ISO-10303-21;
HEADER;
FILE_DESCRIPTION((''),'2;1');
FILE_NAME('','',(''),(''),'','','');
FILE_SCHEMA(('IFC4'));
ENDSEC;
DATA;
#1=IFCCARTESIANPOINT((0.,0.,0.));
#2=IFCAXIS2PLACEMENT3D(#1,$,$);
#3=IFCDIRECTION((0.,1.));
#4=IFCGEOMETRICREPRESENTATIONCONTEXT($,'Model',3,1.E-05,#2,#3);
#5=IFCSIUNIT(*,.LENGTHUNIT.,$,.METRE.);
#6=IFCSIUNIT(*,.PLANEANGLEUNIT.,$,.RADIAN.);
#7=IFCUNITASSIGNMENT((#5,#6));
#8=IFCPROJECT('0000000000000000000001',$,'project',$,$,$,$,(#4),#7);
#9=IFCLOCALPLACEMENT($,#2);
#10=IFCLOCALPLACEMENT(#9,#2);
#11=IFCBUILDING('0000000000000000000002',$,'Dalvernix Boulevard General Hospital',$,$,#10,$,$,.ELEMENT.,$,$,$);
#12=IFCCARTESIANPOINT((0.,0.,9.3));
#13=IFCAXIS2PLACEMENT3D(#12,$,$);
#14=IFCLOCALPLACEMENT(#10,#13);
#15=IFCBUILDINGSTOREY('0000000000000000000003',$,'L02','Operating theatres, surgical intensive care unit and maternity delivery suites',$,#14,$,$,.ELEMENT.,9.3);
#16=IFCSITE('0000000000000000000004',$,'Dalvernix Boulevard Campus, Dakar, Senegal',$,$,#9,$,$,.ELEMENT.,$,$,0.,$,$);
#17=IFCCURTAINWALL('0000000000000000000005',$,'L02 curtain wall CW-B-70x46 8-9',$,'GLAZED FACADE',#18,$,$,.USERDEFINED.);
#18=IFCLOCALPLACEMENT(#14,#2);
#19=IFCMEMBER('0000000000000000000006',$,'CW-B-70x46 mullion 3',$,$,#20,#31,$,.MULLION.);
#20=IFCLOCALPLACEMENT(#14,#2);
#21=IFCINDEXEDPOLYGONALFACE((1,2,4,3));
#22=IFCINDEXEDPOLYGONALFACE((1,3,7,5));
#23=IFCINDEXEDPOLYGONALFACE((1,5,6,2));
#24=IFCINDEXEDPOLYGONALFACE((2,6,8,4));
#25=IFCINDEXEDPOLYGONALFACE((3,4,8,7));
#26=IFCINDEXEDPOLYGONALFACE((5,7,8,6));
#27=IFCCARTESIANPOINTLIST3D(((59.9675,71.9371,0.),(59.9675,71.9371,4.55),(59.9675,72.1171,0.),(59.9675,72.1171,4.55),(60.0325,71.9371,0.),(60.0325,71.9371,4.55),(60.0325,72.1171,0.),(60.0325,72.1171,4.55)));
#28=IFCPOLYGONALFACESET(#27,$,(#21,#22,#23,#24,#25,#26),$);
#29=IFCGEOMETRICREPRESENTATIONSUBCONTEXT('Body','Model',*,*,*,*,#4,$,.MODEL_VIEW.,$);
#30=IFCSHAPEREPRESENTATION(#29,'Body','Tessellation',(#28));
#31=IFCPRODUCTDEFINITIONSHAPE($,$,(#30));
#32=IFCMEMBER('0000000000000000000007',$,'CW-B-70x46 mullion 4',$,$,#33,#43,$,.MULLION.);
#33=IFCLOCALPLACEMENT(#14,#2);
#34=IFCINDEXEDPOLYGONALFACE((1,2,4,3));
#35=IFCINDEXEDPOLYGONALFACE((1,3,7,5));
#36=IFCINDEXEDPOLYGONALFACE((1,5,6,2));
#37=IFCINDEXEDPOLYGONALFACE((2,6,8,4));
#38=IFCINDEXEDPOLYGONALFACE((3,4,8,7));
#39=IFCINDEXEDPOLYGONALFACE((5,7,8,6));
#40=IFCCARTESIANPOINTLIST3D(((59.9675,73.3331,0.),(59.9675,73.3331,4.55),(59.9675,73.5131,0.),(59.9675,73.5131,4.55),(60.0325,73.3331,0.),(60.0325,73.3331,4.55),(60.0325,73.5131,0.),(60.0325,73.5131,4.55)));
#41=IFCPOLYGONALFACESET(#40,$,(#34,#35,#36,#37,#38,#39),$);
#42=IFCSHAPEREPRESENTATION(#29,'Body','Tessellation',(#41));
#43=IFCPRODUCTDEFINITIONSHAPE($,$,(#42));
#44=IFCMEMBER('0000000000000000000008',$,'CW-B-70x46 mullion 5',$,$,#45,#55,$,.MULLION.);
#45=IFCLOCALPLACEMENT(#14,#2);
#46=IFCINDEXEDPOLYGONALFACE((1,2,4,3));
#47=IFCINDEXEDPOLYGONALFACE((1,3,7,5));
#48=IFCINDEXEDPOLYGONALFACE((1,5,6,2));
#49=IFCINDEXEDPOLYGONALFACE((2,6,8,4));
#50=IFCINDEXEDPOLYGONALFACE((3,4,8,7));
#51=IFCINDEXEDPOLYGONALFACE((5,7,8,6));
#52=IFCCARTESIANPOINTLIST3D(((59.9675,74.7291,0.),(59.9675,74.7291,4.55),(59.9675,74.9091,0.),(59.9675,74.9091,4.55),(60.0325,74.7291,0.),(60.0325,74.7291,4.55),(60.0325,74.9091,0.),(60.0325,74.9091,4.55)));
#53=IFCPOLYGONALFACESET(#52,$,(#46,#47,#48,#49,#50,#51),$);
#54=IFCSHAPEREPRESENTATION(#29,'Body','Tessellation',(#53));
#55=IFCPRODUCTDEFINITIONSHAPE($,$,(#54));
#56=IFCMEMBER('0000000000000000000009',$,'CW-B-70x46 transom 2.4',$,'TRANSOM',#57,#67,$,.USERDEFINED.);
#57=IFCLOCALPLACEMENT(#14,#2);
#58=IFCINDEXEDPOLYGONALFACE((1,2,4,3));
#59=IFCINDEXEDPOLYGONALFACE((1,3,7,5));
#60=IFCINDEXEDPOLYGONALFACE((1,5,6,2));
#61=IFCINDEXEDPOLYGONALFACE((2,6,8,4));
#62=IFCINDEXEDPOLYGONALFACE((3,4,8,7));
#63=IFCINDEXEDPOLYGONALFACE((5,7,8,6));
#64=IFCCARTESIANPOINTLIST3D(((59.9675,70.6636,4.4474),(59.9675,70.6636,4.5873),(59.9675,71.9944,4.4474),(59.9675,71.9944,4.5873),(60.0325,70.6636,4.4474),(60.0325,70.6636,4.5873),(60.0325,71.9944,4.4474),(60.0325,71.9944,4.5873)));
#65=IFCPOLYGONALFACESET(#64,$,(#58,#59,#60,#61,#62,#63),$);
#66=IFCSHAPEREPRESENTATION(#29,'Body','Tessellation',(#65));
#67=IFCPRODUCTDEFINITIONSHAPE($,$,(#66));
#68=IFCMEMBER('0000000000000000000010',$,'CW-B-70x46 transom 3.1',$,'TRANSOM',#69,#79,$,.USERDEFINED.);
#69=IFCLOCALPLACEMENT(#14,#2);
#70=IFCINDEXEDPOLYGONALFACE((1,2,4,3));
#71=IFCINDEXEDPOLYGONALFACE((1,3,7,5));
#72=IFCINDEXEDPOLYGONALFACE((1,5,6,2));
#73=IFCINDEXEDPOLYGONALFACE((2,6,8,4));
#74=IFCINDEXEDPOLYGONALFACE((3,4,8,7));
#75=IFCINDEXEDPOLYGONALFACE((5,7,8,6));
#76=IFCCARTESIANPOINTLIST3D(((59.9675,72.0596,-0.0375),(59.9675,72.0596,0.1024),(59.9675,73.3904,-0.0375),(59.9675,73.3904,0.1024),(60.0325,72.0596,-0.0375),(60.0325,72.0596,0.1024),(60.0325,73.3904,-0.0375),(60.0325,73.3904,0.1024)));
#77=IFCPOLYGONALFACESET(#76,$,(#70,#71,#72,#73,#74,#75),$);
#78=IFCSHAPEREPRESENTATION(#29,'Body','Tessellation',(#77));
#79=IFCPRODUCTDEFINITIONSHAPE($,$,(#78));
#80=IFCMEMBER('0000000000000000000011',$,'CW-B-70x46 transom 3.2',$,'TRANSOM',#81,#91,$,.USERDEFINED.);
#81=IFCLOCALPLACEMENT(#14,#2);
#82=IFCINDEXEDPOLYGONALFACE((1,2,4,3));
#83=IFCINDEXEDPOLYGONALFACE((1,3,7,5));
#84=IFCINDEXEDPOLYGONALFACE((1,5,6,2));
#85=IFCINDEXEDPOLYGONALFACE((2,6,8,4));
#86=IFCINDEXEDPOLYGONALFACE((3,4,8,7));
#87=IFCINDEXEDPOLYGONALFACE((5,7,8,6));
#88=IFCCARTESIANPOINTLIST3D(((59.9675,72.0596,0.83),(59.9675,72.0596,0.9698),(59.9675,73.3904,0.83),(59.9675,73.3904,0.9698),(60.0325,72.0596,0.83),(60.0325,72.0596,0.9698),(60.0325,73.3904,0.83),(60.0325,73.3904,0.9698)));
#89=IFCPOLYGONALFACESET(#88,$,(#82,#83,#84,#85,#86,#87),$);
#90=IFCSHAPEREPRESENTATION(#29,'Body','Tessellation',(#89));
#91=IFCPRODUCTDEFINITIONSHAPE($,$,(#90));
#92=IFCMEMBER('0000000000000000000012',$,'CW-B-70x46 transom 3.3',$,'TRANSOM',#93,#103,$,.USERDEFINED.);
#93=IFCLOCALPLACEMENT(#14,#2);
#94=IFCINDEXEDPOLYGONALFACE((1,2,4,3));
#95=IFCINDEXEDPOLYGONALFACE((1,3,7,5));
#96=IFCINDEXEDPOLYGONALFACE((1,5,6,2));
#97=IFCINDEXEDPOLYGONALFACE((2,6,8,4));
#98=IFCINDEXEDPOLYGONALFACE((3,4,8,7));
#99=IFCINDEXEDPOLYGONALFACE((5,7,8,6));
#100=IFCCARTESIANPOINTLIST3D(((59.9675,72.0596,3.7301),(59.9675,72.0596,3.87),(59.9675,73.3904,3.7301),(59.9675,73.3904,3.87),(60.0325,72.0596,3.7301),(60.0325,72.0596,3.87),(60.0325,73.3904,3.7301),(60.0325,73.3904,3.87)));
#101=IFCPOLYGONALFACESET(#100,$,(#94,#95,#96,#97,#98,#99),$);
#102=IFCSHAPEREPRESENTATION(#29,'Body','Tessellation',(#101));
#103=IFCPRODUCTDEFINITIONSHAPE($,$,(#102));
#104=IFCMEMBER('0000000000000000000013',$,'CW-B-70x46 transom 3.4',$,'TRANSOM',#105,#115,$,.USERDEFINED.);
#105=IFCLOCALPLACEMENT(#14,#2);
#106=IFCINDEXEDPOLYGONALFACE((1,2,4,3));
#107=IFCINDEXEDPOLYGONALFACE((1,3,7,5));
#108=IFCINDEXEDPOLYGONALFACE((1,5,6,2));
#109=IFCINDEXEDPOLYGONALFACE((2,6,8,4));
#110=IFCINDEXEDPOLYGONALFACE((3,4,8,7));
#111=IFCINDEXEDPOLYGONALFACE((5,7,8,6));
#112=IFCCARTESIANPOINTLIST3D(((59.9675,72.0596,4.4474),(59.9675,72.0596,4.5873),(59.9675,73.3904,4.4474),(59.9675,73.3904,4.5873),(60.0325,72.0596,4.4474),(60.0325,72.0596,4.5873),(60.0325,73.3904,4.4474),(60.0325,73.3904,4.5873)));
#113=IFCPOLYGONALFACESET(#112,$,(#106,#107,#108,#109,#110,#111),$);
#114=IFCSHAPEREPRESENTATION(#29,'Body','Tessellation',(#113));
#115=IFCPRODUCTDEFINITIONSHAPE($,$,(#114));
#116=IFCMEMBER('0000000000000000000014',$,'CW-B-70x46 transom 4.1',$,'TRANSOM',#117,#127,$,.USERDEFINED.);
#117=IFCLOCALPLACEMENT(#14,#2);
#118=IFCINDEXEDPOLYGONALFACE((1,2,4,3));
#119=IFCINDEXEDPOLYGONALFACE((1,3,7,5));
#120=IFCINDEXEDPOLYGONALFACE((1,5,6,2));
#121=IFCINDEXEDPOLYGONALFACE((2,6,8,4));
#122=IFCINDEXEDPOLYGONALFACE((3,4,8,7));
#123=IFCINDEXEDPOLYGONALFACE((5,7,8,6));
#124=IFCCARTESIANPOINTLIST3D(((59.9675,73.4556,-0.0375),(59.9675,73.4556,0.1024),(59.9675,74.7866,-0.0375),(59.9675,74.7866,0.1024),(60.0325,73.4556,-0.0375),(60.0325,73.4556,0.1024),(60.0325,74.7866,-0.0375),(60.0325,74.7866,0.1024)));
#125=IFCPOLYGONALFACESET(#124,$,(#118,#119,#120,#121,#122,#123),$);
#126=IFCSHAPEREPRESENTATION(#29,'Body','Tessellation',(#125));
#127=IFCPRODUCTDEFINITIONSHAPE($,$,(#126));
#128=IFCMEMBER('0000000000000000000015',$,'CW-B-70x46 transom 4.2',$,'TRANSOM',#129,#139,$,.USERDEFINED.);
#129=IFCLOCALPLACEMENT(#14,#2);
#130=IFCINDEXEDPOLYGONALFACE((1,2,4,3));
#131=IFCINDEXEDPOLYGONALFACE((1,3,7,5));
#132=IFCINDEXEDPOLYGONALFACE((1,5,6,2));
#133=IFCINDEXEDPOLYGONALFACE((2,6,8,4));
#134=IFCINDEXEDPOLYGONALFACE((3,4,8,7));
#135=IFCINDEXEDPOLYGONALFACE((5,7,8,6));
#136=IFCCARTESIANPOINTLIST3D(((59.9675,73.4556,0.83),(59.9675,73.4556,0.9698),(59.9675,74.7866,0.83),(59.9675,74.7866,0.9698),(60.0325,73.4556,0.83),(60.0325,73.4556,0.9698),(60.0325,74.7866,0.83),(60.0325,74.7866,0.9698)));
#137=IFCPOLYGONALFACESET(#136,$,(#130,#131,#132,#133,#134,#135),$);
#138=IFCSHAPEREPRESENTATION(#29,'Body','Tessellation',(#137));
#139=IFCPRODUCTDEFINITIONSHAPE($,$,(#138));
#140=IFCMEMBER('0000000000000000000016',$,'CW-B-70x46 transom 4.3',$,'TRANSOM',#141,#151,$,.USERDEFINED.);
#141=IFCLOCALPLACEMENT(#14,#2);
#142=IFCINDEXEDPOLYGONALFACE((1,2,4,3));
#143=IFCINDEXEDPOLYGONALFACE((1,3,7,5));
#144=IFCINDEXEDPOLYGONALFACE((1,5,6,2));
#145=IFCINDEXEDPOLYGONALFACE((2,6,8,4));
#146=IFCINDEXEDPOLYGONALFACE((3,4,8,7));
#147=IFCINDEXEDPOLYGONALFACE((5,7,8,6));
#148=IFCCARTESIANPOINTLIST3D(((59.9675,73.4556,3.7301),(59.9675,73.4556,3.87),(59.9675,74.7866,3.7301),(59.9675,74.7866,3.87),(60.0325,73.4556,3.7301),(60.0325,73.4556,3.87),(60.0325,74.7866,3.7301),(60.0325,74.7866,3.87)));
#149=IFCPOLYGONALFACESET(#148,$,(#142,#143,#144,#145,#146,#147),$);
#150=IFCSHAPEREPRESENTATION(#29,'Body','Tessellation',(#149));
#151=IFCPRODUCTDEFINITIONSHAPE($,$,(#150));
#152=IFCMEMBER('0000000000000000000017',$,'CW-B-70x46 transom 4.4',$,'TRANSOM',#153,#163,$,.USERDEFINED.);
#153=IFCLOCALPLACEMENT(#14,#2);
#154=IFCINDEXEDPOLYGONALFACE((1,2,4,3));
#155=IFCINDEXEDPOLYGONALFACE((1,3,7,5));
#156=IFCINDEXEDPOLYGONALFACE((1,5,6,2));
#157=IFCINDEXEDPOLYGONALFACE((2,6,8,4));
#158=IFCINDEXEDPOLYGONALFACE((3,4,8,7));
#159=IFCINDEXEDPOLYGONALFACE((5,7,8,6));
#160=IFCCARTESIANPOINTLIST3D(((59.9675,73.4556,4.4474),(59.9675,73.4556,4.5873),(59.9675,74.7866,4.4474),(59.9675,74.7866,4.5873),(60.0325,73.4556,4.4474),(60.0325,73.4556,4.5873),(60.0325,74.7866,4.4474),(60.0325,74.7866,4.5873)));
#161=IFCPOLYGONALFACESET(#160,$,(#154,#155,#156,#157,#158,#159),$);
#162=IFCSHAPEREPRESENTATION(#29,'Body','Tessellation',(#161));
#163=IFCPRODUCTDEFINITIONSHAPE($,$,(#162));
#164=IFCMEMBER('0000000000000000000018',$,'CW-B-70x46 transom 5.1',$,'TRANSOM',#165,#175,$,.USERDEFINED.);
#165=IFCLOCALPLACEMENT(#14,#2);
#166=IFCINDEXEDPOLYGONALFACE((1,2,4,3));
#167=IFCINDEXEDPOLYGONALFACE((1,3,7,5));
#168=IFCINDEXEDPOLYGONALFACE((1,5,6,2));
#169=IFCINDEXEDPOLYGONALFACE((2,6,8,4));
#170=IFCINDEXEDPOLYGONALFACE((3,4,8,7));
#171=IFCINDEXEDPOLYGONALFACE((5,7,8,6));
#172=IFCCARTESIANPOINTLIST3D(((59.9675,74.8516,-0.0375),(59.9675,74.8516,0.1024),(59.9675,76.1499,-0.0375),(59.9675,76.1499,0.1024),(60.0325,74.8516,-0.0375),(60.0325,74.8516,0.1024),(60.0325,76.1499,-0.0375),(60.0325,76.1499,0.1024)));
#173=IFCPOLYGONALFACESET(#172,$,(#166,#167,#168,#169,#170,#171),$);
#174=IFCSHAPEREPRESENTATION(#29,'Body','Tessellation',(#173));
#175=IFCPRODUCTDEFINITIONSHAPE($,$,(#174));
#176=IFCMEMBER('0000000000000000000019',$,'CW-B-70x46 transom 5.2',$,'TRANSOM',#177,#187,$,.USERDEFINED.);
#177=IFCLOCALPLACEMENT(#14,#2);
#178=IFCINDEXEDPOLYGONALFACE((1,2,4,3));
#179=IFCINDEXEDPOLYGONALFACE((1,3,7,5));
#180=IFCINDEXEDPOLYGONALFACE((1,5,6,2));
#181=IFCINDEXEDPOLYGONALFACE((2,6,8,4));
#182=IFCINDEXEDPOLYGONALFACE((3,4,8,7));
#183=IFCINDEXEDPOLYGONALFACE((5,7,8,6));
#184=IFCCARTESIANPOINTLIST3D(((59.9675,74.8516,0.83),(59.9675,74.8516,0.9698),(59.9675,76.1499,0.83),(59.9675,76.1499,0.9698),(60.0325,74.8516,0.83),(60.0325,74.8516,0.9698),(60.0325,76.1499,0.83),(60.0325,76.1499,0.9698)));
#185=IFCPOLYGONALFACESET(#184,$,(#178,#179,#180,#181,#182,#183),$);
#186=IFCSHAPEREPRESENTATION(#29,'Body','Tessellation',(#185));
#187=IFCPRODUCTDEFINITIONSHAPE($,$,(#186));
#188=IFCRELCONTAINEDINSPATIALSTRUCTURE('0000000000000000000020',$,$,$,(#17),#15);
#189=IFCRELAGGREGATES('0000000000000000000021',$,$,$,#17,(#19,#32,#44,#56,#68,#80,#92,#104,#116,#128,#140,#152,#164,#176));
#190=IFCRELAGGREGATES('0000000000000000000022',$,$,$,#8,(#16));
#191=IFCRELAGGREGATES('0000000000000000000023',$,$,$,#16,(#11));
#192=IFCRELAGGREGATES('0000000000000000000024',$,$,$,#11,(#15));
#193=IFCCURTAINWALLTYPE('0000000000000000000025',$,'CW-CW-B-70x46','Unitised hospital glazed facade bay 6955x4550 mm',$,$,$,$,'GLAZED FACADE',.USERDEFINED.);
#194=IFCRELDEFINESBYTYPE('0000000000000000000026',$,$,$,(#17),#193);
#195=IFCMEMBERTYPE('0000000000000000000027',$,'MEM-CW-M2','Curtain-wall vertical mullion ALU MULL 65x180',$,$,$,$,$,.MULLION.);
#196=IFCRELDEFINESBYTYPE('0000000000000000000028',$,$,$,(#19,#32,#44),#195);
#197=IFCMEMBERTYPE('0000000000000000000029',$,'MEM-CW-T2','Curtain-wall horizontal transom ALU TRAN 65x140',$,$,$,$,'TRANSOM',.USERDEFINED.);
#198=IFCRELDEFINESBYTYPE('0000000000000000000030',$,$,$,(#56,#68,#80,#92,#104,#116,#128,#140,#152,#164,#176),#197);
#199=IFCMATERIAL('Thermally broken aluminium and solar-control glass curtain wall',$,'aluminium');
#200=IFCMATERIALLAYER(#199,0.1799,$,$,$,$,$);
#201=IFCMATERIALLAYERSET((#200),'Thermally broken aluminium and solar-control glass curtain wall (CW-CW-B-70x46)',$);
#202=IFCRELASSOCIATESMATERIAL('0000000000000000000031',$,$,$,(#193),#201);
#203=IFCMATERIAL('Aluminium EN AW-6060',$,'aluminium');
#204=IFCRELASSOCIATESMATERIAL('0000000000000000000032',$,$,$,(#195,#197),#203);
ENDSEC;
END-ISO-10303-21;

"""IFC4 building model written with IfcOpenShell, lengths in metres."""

from ifc_helpers import new_model, si_unit, direction, frame, origin, origin_2d, place, context, subcontext, project, spatial, rectangle, extrude, material, layer, layer_set, material_profile, profile_set, type_object, element, aggregate, save


model = new_model("IFC4")

# Units and contexts
model_context = context("Model", 3, precision=1e-05, world=origin(), true_north=direction((0.0, 1.0)))
body_context = subcontext(model_context, "Body", "Model", "MODEL_VIEW")
ifc_project = project(units=[si_unit("LENGTHUNIT", "METRE"), si_unit("PLANEANGLEUNIT", "RADIAN")], contexts=[model_context])

# Site, building, storey
site_placement = place(None, origin())
site = spatial("IfcSite", under=ifc_project, at=site_placement, Name="Dalvernix Boulevard Campus, Dakar, Senegal", CompositionType="ELEMENT", RefElevation=0.0)
building_placement = place(site_placement, origin())
building = spatial("IfcBuilding", under=site, at=building_placement, Name="Dalvernix Boulevard General Hospital", CompositionType="ELEMENT")
storey_placement = place(building_placement, frame((0.0, 0.0, 9.3)))
storey = spatial("IfcBuildingStorey", under=building, at=storey_placement, Name="L02", Description="Operating theatres, surgical intensive care unit and maternity delivery suites", CompositionType="ELEMENT", Elevation=9.3)

# Curtain wall, members
ifc_material_1 = material(Name="Thermally broken aluminium and solar-control glass curtain wall", Category="aluminium")
ifc_layer_1 = layer(ifc_material_1, 0.1799)
ifc_layer_set_1 = layer_set([ifc_layer_1], Name="Thermally broken aluminium and solar-control glass curtain wall (CW-CW-B-70x46)")
curtain_wall_type = type_object("IfcCurtainWallType", Name="CW-CW-B-70x46", Description="Unitised hospital glazed facade bay 6955x4550 mm", ElementType="GLAZED FACADE", PredefinedType="USERDEFINED", material=ifc_layer_set_1)
curtain_wall_placement = place(storey_placement, origin())
curtain_wall = element("IfcCurtainWall", 1, at=curtain_wall_placement, inside=storey, type_object=curtain_wall_type, Name="L02 curtain wall CW-B-70x46 8-9", ObjectType="GLAZED FACADE", PredefinedType="USERDEFINED")
ifc_material_2 = material(Name="Aluminium EN AW-6060", Category="aluminium")
ifc_material_profile_1 = material_profile(ifc_material_2, rectangle(XDim=0.0649, YDim=0.1799, at=origin_2d()), Name="ALU MULL 65x180")
ifc_profile_set_1 = profile_set([ifc_material_profile_1], Name="Aluminium EN AW-6060")
member_type_1 = type_object("IfcMemberType", Name="MEM-CW-M2", Description="Curtain-wall vertical mullion ALU MULL 65x180", PredefinedType="MULLION", material=ifc_profile_set_1)
member_1_placement = place(storey_placement, frame((60.0, 72.0271, 0.0), z_axis=(0.0, 0.0, 1.0), x_axis=(-1.0, 0.0, 0.0)))
member_1 = element("IfcMember", 2, at=member_1_placement, type_object=member_type_1, Name="CW-B-70x46 mullion 3", PredefinedType="MULLION", context=body_context, shape_type="SweptSolid", body=[
    extrude(rectangle(XDim=0.0649, YDim=0.1799, at=origin_2d()), origin(), (0.0, 0.0, 1.0), 4.55),
])
member_2_placement = place(storey_placement, frame((60.0, 73.4231, 0.0), z_axis=(0.0, 0.0, 1.0), x_axis=(-1.0, 0.0, 0.0)))
member_2 = element("IfcMember", 3, at=member_2_placement, type_object=member_type_1, Name="CW-B-70x46 mullion 4", PredefinedType="MULLION", context=body_context, shape_type="SweptSolid", body=[
    extrude(rectangle(XDim=0.0649, YDim=0.1799, at=origin_2d()), origin(), (0.0, 0.0, 1.0), 4.55),
])
member_3_placement = place(storey_placement, frame((60.0, 74.8191, 0.0), z_axis=(0.0, 0.0, 1.0), x_axis=(-1.0, 0.0, 0.0)))
member_3 = element("IfcMember", 4, at=member_3_placement, type_object=member_type_1, Name="CW-B-70x46 mullion 5", PredefinedType="MULLION", context=body_context, shape_type="SweptSolid", body=[
    extrude(rectangle(XDim=0.0649, YDim=0.1799, at=origin_2d()), origin(), (0.0, 0.0, 1.0), 4.55),
])
ifc_material_profile_2 = material_profile(ifc_material_2, rectangle(XDim=0.0649, YDim=0.1399, at=origin_2d()), Name="ALU TRAN 65x140")
ifc_profile_set_2 = profile_set([ifc_material_profile_2], Name="Aluminium EN AW-6060")
member_type_2 = type_object("IfcMemberType", Name="MEM-CW-T2", Description="Curtain-wall horizontal transom ALU TRAN 65x140", ElementType="TRANSOM", PredefinedType="USERDEFINED", material=ifc_profile_set_2)
member_4_placement = place(storey_placement, frame((60.0, 70.6636, 4.5173), z_axis=(0.0, 1.0, 0.0), x_axis=(-1.0, 0.0, 0.0)))
member_4 = element("IfcMember", 5, at=member_4_placement, type_object=member_type_2, Name="CW-B-70x46 transom 2.4", ObjectType="TRANSOM", PredefinedType="USERDEFINED", context=body_context, shape_type="SweptSolid", body=[
    extrude(rectangle(XDim=0.0649, YDim=0.1399, at=origin_2d()), origin(), (0.0, 0.0, 1.0), 1.3308),
])
member_5_placement = place(storey_placement, frame((60.0, 72.0596, 0.0325), z_axis=(0.0, 1.0, 0.0), x_axis=(-1.0, 0.0, 0.0)))
member_5 = element("IfcMember", 6, at=member_5_placement, type_object=member_type_2, Name="CW-B-70x46 transom 3.1", ObjectType="TRANSOM", PredefinedType="USERDEFINED", context=body_context, shape_type="SweptSolid", body=[
    extrude(rectangle(XDim=0.0649, YDim=0.1399, at=origin_2d()), origin(), (0.0, 0.0, 1.0), 1.3308),
])
member_6_placement = place(storey_placement, frame((60.0, 72.0596, 0.8999), z_axis=(0.0, 1.0, 0.0), x_axis=(-1.0, 0.0, 0.0)))
member_6 = element("IfcMember", 7, at=member_6_placement, type_object=member_type_2, Name="CW-B-70x46 transom 3.2", ObjectType="TRANSOM", PredefinedType="USERDEFINED", context=body_context, shape_type="SweptSolid", body=[
    extrude(rectangle(XDim=0.0649, YDim=0.1399, at=origin_2d()), origin(), (0.0, 0.0, 1.0), 1.3308),
])
member_7_placement = place(storey_placement, frame((60.0, 72.0596, 3.8), z_axis=(0.0, 1.0, 0.0), x_axis=(-1.0, 0.0, 0.0)))
member_7 = element("IfcMember", 8, at=member_7_placement, type_object=member_type_2, Name="CW-B-70x46 transom 3.3", ObjectType="TRANSOM", PredefinedType="USERDEFINED", context=body_context, shape_type="SweptSolid", body=[
    extrude(rectangle(XDim=0.0649, YDim=0.1399, at=origin_2d()), origin(), (0.0, 0.0, 1.0), 1.3308),
])
member_8_placement = place(storey_placement, frame((60.0, 72.0596, 4.5173), z_axis=(0.0, 1.0, 0.0), x_axis=(-1.0, 0.0, 0.0)))
member_8 = element("IfcMember", 9, at=member_8_placement, type_object=member_type_2, Name="CW-B-70x46 transom 3.4", ObjectType="TRANSOM", PredefinedType="USERDEFINED", context=body_context, shape_type="SweptSolid", body=[
    extrude(rectangle(XDim=0.0649, YDim=0.1399, at=origin_2d()), origin(), (0.0, 0.0, 1.0), 1.3308),
])
member_9_placement = place(storey_placement, frame((60.0, 73.4556, 0.0325), z_axis=(0.0, 1.0, 0.0), x_axis=(-1.0, 0.0, 0.0)))
member_9 = element("IfcMember", 10, at=member_9_placement, type_object=member_type_2, Name="CW-B-70x46 transom 4.1", ObjectType="TRANSOM", PredefinedType="USERDEFINED", context=body_context, shape_type="SweptSolid", body=[
    extrude(rectangle(XDim=0.0649, YDim=0.1399, at=origin_2d()), origin(), (0.0, 0.0, 1.0), 1.3311),
])
member_10_placement = place(storey_placement, frame((60.0, 73.4556, 0.8999), z_axis=(0.0, 1.0, 0.0), x_axis=(-1.0, 0.0, 0.0)))
member_10 = element("IfcMember", 11, at=member_10_placement, type_object=member_type_2, Name="CW-B-70x46 transom 4.2", ObjectType="TRANSOM", PredefinedType="USERDEFINED", context=body_context, shape_type="SweptSolid", body=[
    extrude(rectangle(XDim=0.0649, YDim=0.1399, at=origin_2d()), origin(), (0.0, 0.0, 1.0), 1.3311),
])
member_11_placement = place(storey_placement, frame((60.0, 73.4556, 3.8), z_axis=(0.0, 1.0, 0.0), x_axis=(-1.0, 0.0, 0.0)))
member_11 = element("IfcMember", 12, at=member_11_placement, type_object=member_type_2, Name="CW-B-70x46 transom 4.3", ObjectType="TRANSOM", PredefinedType="USERDEFINED", context=body_context, shape_type="SweptSolid", body=[
    extrude(rectangle(XDim=0.0649, YDim=0.1399, at=origin_2d()), origin(), (0.0, 0.0, 1.0), 1.3311),
])
member_12_placement = place(storey_placement, frame((60.0, 73.4556, 4.5173), z_axis=(0.0, 1.0, 0.0), x_axis=(-1.0, 0.0, 0.0)))
member_12 = element("IfcMember", 13, at=member_12_placement, type_object=member_type_2, Name="CW-B-70x46 transom 4.4", ObjectType="TRANSOM", PredefinedType="USERDEFINED", context=body_context, shape_type="SweptSolid", body=[
    extrude(rectangle(XDim=0.0649, YDim=0.1399, at=origin_2d()), origin(), (0.0, 0.0, 1.0), 1.3311),
])
member_13_placement = place(storey_placement, frame((60.0, 74.8516, 0.0325), z_axis=(0.0, 1.0, 0.0), x_axis=(-1.0, 0.0, 0.0)))
member_13 = element("IfcMember", 14, at=member_13_placement, type_object=member_type_2, Name="CW-B-70x46 transom 5.1", ObjectType="TRANSOM", PredefinedType="USERDEFINED", context=body_context, shape_type="SweptSolid", body=[
    extrude(rectangle(XDim=0.0649, YDim=0.1399, at=origin_2d()), origin(), (0.0, 0.0, 1.0), 1.2983),
])
member_14_placement = place(storey_placement, frame((60.0, 74.8516, 0.8999), z_axis=(0.0, 1.0, 0.0), x_axis=(-1.0, 0.0, 0.0)))
member_14 = element("IfcMember", 15, at=member_14_placement, type_object=member_type_2, Name="CW-B-70x46 transom 5.2", ObjectType="TRANSOM", PredefinedType="USERDEFINED", context=body_context, shape_type="SweptSolid", body=[
    extrude(rectangle(XDim=0.0649, YDim=0.1399, at=origin_2d()), origin(), (0.0, 0.0, 1.0), 1.2983),
])
aggregate(curtain_wall, [member_1, member_2, member_3, member_4, member_5, member_6, member_7, member_8, member_9, member_10, member_11, member_12, member_13, member_14])

save(model, "model.ifc")
